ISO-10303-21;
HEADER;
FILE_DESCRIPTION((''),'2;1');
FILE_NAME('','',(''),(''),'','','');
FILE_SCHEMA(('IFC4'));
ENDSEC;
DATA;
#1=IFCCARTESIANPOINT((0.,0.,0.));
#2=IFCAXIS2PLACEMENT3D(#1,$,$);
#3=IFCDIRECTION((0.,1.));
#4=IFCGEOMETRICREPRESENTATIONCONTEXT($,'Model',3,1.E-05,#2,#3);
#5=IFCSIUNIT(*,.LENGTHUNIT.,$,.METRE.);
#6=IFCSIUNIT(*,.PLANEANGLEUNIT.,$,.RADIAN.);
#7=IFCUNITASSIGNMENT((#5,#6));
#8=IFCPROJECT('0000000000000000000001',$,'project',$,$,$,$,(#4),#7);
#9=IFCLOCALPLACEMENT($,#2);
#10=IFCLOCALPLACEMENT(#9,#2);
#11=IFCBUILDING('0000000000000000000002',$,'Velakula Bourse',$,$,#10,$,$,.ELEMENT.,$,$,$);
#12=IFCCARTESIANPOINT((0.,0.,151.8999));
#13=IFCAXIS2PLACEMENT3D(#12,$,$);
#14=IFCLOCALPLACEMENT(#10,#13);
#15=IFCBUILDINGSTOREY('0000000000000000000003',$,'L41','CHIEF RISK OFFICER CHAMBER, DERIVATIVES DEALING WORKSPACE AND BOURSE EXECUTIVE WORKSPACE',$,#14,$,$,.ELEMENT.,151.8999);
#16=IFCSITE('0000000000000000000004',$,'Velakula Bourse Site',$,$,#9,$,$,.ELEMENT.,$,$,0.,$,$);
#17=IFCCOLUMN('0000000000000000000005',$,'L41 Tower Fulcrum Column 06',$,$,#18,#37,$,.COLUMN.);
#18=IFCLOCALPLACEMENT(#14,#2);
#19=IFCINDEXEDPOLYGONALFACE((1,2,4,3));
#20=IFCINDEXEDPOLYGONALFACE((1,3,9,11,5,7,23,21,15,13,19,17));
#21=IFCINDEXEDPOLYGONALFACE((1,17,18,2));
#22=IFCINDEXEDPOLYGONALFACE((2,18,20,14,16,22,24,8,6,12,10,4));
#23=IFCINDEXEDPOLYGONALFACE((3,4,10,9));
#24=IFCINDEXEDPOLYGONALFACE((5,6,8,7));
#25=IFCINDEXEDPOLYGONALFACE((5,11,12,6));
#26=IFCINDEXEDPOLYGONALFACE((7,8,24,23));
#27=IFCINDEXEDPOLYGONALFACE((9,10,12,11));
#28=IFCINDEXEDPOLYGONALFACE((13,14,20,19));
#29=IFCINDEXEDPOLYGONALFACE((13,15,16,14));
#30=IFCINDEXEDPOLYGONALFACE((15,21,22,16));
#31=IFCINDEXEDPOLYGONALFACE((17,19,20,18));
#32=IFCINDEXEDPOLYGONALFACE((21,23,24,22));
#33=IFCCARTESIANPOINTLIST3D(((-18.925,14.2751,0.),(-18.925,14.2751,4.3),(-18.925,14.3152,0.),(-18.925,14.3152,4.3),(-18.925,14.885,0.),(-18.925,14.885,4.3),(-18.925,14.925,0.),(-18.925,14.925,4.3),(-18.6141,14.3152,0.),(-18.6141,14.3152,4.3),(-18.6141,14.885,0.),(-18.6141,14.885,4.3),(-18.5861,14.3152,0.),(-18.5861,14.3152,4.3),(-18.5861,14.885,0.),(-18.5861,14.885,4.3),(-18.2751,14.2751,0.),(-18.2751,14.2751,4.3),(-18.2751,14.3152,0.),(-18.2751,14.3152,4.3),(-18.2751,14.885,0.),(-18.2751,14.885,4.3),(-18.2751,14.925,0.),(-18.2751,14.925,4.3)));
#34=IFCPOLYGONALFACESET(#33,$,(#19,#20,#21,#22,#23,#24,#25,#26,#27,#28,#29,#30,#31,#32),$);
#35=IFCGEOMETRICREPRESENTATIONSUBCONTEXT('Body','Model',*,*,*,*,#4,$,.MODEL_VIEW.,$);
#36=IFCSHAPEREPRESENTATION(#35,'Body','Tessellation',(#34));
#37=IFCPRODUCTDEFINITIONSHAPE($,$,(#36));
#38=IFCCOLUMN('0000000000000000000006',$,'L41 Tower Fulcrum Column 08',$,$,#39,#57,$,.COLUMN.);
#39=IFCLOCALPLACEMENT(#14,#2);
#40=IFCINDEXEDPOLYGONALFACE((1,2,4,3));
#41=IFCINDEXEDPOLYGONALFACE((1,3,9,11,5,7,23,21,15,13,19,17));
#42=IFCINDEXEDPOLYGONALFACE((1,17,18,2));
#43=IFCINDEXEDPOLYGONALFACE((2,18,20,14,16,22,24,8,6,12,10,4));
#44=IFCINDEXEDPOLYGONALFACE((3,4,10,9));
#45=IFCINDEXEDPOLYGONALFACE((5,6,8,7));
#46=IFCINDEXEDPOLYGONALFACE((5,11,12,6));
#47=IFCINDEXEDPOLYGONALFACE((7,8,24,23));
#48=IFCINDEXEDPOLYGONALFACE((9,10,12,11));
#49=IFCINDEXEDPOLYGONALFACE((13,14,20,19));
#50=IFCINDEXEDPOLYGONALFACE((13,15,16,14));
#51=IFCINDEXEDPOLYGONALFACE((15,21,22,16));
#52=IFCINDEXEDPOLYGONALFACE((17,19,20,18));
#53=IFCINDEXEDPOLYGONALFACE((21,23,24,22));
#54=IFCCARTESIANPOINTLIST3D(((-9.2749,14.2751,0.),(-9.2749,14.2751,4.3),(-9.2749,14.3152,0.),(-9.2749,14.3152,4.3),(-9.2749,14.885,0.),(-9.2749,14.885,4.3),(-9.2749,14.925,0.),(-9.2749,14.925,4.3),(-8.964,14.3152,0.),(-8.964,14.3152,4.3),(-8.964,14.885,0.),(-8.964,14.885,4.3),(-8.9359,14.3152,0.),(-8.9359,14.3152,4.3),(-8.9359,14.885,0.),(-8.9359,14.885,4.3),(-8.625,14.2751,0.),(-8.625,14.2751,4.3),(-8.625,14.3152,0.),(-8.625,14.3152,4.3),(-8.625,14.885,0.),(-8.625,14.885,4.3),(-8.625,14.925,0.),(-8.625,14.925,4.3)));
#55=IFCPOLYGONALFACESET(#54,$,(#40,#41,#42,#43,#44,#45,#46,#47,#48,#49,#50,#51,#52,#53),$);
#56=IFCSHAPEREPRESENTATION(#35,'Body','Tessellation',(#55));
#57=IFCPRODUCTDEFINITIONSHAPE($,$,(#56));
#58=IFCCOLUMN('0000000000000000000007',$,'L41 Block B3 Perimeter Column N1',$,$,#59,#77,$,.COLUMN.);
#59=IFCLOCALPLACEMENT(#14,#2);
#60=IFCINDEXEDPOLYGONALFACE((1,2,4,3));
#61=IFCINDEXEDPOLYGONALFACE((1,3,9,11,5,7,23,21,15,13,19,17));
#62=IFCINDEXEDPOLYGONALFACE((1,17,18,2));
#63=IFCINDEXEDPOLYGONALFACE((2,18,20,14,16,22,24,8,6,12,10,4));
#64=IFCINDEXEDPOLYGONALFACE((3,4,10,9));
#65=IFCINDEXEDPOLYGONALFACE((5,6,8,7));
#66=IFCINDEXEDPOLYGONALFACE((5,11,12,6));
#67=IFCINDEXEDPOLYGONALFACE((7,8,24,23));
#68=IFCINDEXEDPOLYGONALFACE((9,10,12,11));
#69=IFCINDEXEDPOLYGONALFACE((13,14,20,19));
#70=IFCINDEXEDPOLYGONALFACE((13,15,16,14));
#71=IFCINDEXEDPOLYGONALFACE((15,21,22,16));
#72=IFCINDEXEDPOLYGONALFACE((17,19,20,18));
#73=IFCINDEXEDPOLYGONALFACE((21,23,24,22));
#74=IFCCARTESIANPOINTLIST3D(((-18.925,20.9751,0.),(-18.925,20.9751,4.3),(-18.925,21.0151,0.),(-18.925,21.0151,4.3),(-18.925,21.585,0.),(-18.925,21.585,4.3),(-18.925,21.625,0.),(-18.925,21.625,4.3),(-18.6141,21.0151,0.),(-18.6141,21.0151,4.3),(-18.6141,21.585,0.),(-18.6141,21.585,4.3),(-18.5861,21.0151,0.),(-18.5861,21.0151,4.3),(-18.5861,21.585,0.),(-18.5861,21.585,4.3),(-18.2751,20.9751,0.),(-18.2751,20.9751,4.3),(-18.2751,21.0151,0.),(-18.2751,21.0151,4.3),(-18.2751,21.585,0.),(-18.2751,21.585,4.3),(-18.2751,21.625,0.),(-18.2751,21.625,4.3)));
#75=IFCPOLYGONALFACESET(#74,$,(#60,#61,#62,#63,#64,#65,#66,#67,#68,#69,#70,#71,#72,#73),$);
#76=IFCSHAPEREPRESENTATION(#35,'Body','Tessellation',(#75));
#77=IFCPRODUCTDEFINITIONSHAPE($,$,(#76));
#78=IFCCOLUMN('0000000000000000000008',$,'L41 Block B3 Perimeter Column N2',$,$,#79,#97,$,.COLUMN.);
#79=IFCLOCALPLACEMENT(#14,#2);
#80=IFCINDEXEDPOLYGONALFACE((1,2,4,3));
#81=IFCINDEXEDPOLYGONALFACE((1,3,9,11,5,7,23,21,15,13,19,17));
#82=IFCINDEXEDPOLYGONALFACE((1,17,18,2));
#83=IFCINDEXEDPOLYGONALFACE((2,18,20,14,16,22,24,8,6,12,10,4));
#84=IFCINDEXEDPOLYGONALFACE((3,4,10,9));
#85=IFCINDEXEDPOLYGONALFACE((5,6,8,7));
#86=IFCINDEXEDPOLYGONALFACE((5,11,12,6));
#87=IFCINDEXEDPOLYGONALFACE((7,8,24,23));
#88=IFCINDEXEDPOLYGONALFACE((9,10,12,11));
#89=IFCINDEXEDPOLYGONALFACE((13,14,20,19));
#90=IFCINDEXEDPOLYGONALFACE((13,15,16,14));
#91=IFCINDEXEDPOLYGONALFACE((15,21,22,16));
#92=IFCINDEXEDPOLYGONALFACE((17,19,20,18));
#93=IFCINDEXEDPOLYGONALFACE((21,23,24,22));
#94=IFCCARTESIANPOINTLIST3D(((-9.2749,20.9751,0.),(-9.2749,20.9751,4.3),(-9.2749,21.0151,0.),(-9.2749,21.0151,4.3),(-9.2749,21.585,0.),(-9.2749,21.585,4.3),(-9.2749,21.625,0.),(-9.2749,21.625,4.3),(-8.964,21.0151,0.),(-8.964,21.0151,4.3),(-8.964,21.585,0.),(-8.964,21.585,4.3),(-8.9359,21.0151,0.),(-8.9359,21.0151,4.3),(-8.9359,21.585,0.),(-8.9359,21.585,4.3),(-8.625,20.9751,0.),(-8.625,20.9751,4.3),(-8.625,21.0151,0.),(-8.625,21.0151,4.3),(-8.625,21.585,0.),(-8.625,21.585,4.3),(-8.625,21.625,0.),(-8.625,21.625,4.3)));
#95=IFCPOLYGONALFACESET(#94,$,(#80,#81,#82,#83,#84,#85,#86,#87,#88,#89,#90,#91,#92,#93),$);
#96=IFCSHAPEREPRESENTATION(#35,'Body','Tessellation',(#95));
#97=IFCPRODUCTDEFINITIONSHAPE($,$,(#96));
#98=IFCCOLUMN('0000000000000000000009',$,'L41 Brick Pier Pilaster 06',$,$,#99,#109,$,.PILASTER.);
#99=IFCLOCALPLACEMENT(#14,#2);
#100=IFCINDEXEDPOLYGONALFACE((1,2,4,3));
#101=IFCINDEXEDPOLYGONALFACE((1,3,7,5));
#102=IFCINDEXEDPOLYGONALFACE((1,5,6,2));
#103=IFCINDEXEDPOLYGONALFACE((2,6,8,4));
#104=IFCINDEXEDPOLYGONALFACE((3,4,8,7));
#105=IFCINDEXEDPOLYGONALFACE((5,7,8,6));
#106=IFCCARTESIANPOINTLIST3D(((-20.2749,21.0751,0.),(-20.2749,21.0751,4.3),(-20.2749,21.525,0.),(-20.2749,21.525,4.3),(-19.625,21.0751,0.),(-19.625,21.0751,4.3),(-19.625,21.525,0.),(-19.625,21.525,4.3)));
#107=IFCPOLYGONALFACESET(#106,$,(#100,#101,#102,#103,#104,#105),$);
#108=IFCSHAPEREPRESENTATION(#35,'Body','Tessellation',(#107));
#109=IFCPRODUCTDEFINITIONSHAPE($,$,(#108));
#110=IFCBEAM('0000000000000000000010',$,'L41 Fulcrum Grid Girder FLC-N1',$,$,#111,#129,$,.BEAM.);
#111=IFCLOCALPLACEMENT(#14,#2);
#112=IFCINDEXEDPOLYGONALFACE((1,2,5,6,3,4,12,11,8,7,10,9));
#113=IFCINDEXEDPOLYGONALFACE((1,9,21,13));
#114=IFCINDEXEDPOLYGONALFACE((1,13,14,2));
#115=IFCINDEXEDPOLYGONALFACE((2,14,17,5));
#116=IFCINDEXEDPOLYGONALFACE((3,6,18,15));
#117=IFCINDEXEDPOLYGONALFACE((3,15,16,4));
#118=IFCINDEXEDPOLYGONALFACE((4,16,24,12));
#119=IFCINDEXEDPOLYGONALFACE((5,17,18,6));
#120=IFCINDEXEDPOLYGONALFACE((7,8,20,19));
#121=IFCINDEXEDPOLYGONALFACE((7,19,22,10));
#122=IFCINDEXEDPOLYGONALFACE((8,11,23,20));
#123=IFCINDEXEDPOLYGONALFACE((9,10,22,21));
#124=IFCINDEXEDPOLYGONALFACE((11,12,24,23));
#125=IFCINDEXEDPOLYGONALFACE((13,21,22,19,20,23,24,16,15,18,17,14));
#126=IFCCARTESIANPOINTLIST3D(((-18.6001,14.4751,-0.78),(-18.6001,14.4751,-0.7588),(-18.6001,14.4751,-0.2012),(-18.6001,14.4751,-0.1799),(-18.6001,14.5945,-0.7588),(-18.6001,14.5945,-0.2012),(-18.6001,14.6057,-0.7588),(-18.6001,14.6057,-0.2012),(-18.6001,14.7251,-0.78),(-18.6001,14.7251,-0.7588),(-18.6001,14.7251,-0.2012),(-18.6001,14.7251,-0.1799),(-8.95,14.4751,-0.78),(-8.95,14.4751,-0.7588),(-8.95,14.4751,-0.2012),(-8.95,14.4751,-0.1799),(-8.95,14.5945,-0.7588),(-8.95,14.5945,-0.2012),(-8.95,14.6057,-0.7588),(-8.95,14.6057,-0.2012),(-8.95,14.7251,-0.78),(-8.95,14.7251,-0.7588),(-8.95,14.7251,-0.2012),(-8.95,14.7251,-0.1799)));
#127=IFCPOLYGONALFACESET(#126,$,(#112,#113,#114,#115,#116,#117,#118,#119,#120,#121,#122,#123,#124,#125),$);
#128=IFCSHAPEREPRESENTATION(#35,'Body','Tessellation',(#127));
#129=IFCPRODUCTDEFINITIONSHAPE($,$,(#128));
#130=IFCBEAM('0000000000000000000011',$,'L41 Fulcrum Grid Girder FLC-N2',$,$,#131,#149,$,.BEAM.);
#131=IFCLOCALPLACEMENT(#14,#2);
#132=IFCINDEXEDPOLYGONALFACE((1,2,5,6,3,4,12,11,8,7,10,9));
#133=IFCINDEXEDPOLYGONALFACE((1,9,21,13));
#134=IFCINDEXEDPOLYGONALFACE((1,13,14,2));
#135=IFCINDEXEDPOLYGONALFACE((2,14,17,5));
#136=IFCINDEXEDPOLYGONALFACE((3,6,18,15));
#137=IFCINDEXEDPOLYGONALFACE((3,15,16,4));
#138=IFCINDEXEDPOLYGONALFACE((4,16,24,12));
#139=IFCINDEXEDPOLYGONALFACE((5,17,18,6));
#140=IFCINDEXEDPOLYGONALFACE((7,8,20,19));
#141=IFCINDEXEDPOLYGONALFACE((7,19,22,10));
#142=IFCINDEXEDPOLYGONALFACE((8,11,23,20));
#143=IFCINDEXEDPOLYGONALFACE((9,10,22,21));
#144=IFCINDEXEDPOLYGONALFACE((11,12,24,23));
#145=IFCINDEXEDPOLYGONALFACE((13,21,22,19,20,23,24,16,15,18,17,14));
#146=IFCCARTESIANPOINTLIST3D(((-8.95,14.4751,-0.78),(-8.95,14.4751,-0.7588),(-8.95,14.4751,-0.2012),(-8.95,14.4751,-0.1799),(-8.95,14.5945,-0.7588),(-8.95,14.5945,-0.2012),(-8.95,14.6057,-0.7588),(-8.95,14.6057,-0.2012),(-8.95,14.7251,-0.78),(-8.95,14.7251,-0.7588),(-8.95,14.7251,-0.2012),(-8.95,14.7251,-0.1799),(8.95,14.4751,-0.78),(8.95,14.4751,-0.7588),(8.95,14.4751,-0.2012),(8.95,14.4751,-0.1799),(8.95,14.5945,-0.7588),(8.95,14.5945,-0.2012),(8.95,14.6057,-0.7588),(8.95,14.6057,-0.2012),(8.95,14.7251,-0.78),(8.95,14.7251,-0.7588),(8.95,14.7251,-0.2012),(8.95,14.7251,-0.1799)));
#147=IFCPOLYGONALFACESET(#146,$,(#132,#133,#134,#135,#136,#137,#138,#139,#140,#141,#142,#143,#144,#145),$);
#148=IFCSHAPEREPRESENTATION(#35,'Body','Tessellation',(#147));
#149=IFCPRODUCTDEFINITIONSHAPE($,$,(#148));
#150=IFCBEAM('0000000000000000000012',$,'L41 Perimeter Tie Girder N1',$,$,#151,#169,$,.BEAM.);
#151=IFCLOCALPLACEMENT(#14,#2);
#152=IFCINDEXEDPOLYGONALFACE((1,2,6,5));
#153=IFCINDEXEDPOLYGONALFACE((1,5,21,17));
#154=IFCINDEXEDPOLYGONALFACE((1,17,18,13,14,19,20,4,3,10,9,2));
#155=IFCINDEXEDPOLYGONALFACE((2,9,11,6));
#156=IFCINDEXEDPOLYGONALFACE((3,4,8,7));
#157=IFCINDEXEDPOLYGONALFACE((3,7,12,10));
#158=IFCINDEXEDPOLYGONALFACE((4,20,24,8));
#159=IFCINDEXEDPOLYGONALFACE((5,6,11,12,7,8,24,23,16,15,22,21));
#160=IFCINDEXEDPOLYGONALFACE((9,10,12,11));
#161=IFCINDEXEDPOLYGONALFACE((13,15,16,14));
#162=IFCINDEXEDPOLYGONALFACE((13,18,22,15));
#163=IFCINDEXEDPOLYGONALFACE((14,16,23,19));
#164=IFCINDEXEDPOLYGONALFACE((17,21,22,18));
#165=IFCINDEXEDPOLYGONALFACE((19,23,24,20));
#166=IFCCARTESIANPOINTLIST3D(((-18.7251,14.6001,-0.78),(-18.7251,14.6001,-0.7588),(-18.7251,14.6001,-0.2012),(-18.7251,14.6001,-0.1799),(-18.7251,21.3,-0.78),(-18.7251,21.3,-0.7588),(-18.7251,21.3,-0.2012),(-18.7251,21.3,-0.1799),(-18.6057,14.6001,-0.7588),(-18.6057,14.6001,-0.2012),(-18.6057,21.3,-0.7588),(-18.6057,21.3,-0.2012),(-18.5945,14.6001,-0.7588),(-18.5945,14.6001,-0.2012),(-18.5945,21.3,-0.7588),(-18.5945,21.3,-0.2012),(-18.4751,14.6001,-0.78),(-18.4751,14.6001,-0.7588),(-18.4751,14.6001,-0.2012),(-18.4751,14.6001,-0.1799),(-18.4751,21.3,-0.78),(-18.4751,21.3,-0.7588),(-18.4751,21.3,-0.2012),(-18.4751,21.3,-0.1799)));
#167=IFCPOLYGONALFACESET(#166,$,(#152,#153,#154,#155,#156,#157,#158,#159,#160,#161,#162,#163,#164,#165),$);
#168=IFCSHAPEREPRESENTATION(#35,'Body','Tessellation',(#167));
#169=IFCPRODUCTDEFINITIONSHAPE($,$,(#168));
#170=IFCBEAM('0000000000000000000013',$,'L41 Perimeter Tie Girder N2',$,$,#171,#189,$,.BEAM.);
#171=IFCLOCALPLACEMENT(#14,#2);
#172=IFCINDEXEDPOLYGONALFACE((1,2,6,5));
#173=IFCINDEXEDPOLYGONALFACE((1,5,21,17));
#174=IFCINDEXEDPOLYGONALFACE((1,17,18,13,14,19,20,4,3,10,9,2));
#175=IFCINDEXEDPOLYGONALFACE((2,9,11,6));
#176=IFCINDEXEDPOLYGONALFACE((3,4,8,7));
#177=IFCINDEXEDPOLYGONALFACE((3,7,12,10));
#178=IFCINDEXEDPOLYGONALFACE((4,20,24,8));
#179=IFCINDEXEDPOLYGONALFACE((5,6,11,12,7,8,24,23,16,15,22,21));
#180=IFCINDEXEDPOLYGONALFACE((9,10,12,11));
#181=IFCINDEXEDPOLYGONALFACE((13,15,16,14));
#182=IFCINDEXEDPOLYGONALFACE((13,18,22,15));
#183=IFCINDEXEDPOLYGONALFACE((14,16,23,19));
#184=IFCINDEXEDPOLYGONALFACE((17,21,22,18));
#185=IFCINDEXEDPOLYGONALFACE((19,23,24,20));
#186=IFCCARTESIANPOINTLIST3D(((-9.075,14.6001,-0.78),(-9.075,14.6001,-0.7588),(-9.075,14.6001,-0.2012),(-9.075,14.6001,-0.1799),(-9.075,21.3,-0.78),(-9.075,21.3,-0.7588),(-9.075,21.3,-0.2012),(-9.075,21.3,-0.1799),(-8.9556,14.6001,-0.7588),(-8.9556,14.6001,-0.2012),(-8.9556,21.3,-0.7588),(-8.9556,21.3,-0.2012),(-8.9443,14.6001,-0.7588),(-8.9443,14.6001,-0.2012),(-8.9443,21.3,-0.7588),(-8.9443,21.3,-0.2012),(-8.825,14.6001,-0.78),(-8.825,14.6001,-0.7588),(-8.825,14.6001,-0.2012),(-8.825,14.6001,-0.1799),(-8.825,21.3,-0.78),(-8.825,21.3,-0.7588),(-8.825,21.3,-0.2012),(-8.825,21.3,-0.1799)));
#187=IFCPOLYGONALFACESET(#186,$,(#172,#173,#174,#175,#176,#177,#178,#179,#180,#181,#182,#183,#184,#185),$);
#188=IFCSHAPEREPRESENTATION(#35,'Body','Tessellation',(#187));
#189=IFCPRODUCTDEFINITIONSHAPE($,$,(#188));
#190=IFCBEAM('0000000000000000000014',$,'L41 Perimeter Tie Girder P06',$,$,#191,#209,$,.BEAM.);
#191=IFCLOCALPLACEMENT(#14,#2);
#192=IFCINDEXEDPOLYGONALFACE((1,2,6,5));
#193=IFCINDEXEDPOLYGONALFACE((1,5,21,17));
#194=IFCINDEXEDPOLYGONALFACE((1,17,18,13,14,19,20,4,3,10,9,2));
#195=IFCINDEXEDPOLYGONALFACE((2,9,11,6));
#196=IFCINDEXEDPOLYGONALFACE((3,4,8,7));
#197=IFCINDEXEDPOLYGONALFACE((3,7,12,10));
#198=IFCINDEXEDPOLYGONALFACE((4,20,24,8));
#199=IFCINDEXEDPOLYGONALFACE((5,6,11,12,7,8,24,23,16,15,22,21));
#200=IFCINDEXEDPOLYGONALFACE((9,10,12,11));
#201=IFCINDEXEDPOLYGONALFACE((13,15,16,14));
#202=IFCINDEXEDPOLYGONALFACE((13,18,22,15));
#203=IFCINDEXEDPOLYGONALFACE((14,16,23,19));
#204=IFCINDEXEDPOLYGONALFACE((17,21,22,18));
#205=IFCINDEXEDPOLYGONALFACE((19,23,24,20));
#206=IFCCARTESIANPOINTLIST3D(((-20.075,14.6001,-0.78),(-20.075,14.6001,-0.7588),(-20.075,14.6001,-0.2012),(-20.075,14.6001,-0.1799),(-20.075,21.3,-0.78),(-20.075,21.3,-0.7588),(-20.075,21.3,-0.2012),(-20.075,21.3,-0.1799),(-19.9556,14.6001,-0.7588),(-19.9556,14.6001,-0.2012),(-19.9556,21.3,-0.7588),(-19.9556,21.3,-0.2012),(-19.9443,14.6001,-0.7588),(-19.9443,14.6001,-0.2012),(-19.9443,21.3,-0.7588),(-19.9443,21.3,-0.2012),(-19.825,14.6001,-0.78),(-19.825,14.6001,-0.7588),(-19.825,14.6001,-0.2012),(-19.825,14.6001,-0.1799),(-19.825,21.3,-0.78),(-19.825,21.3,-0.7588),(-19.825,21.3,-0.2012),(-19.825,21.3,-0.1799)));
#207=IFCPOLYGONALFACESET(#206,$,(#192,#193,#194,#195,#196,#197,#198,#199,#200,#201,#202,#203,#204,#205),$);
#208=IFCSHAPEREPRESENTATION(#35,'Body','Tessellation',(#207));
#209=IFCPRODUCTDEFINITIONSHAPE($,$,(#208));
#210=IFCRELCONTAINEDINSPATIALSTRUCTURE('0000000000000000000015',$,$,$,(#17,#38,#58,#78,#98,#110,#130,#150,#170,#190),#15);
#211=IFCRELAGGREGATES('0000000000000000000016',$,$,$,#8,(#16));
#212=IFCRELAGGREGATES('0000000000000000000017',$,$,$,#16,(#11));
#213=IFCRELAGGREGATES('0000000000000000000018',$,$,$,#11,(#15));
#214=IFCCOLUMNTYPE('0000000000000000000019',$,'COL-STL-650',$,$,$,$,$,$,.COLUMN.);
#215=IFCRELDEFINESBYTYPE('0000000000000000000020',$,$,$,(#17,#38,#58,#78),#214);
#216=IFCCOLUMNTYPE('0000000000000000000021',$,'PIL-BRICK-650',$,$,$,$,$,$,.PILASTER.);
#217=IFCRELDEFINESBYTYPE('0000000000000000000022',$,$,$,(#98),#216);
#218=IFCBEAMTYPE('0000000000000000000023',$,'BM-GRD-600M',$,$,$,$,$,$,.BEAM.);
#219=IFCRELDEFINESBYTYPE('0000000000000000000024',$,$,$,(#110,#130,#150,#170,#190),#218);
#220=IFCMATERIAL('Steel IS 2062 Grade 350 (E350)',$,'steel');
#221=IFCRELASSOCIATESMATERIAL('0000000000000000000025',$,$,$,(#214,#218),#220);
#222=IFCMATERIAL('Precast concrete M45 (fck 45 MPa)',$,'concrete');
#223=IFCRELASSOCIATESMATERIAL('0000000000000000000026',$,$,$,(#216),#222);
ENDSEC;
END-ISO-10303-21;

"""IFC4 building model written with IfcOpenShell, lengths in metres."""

from ifc_helpers import new_model, si_unit, direction, frame, origin, origin_2d, place, context, subcontext, project, spatial, rectangle, i_section, extrude, material, material_profile, profile_set, type_object, element, save


model = new_model("IFC4")

# Units and contexts
model_context = context("Model", 3, precision=1e-05, world=origin(), true_north=direction((0.0, 1.0)))
body_context = subcontext(model_context, "Body", "Model", "MODEL_VIEW")
ifc_project = project(units=[si_unit("LENGTHUNIT", "METRE"), si_unit("PLANEANGLEUNIT", "RADIAN")], contexts=[model_context])

# Site, building, storey
site_placement = place(None, origin())
site = spatial("IfcSite", under=ifc_project, at=site_placement, Name="Velakula Bourse Site", CompositionType="ELEMENT", RefElevation=0.0)
building_placement = place(site_placement, origin())
building = spatial("IfcBuilding", under=site, at=building_placement, Name="Velakula Bourse", CompositionType="ELEMENT")
storey_placement = place(building_placement, frame((0.0, 0.0, 151.8999)))
storey = spatial("IfcBuildingStorey", under=building, at=storey_placement, Name="L41", Description="CHIEF RISK OFFICER CHAMBER, DERIVATIVES DEALING WORKSPACE AND BOURSE EXECUTIVE WORKSPACE", CompositionType="ELEMENT", Elevation=151.8999)

# Columns
ifc_material_1 = material(Name="Steel IS 2062 Grade 350 (E350)", Category="steel")
ifc_material_profile_1 = material_profile(ifc_material_1, i_section(OverallWidth=0.6499, OverallDepth=0.6499, WebThickness=0.0281, FlangeThickness=0.04, at=origin_2d()), Name="Steel IS 2062 Grade 350 (E350)")
ifc_profile_set_1 = profile_set([ifc_material_profile_1], Name="Steel IS 2062 Grade 350 (E350)")
column_type_1 = type_object("IfcColumnType", Name="COL-STL-650", PredefinedType="COLUMN", material=ifc_profile_set_1)
for number, where, z_axis, x_axis, name in (
    (1, (-18.6001, 14.6001, 0.0), (0.0, 0.0, 1.0), (1.0, 0.0, 0.0), "L41 Tower Fulcrum Column 06"),
    (2, (-8.95, 14.6001, 0.0), (0.0, 0.0, 1.0), (1.0, 0.0, 0.0), "L41 Tower Fulcrum Column 08"),
    (3, (-18.6001, 21.3, 0.0), (0.0, 0.0, 1.0), (1.0, 0.0, 0.0), "L41 Block B3 Perimeter Column N1"),
    (4, (-8.95, 21.3, 0.0), (0.0, 0.0, 1.0), (1.0, 0.0, 0.0), "L41 Block B3 Perimeter Column N2"),
):
    element("IfcColumn", number, at=place(storey_placement, frame(where, z_axis=z_axis, x_axis=x_axis)), inside=storey, type_object=column_type_1, Name=name, PredefinedType="COLUMN", context=body_context, shape_type="SweptSolid", body=[
        extrude(i_section(OverallWidth=0.6499, OverallDepth=0.6499, WebThickness=0.0281, FlangeThickness=0.04, at=origin_2d()), origin(), (0.0, 0.0, 1.0), 4.3),
    ])
ifc_material_2 = material(Name="Precast concrete M45 (fck 45 MPa)", Category="concrete")
ifc_material_profile_2 = material_profile(ifc_material_2, rectangle(XDim=0.6499, YDim=0.45, at=origin_2d()), Name="Precast concrete M45 (fck 45 MPa)")
ifc_profile_set_2 = profile_set([ifc_material_profile_2], Name="Precast concrete M45 (fck 45 MPa)")
column_type_2 = type_object("IfcColumnType", Name="PIL-BRICK-650", PredefinedType="PILASTER", material=ifc_profile_set_2)
column_placement = place(storey_placement, frame((-19.95, 21.3, 0.0), z_axis=(0.0, 0.0, 1.0), x_axis=(1.0, 0.0, 0.0)))
element("IfcColumn", 5, at=column_placement, inside=storey, type_object=column_type_2, Name="L41 Brick Pier Pilaster 06", PredefinedType="PILASTER", context=body_context, shape_type="SweptSolid", body=[
    extrude(rectangle(XDim=0.6499, YDim=0.45, at=origin_2d()), origin(), (0.0, 0.0, 1.0), 4.3),
])

# Beams
ifc_material_profile_3 = material_profile(ifc_material_1, i_section(OverallWidth=0.25, OverallDepth=0.6001, WebThickness=0.0112, FlangeThickness=0.0212, at=origin_2d()), Name="Steel IS 2062 Grade 350 (E350)")
ifc_profile_set_3 = profile_set([ifc_material_profile_3], Name="Steel IS 2062 Grade 350 (E350)")
beam_type_1 = type_object("IfcBeamType", Name="BM-GRD-600M", PredefinedType="BEAM", material=ifc_profile_set_3)
beam_1_placement = place(storey_placement, frame((-18.6001, 14.6001, -0.48), z_axis=(1.0, 0.0, 0.0), x_axis=(0.0, 1.0, 0.0)))
element("IfcBeam", 6, at=beam_1_placement, inside=storey, type_object=beam_type_1, Name="L41 Fulcrum Grid Girder FLC-N1", PredefinedType="BEAM", context=body_context, shape_type="SweptSolid", body=[
    extrude(i_section(OverallWidth=0.25, OverallDepth=0.6001, WebThickness=0.0112, FlangeThickness=0.0212, at=origin_2d()), origin(), (0.0, 0.0, 1.0), 9.6501),
])
beam_2_placement = place(storey_placement, frame((-8.95, 14.6001, -0.48), z_axis=(1.0, 0.0, 0.0), x_axis=(0.0, 1.0, 0.0)))
element("IfcBeam", 7, at=beam_2_placement, inside=storey, type_object=beam_type_1, Name="L41 Fulcrum Grid Girder FLC-N2", PredefinedType="BEAM", context=body_context, shape_type="SweptSolid", body=[
    extrude(i_section(OverallWidth=0.25, OverallDepth=0.6001, WebThickness=0.0112, FlangeThickness=0.0212, at=origin_2d()), origin(), (0.0, 0.0, 1.0), 17.8999),
])
for number, where, z_axis, x_axis, name in (
    (8, (-18.6001, 14.6001, -0.48), (0.0, 1.0, 0.0), (-1.0, 0.0, 0.0), "L41 Perimeter Tie Girder N1"),
    (9, (-8.95, 14.6001, -0.48), (0.0, 1.0, 0.0), (-1.0, 0.0, 0.0), "L41 Perimeter Tie Girder N2"),
    (10, (-19.95, 14.6001, -0.48), (0.0, 1.0, 0.0), (-1.0, 0.0, 0.0), "L41 Perimeter Tie Girder P06"),
):
    element("IfcBeam", number, at=place(storey_placement, frame(where, z_axis=z_axis, x_axis=x_axis)), inside=storey, type_object=beam_type_1, Name=name, PredefinedType="BEAM", context=body_context, shape_type="SweptSolid", body=[
        extrude(i_section(OverallWidth=0.25, OverallDepth=0.6001, WebThickness=0.0112, FlangeThickness=0.0212, at=origin_2d()), origin(), (0.0, 0.0, 1.0), 6.7),
    ])

save(model, "model.ifc")
